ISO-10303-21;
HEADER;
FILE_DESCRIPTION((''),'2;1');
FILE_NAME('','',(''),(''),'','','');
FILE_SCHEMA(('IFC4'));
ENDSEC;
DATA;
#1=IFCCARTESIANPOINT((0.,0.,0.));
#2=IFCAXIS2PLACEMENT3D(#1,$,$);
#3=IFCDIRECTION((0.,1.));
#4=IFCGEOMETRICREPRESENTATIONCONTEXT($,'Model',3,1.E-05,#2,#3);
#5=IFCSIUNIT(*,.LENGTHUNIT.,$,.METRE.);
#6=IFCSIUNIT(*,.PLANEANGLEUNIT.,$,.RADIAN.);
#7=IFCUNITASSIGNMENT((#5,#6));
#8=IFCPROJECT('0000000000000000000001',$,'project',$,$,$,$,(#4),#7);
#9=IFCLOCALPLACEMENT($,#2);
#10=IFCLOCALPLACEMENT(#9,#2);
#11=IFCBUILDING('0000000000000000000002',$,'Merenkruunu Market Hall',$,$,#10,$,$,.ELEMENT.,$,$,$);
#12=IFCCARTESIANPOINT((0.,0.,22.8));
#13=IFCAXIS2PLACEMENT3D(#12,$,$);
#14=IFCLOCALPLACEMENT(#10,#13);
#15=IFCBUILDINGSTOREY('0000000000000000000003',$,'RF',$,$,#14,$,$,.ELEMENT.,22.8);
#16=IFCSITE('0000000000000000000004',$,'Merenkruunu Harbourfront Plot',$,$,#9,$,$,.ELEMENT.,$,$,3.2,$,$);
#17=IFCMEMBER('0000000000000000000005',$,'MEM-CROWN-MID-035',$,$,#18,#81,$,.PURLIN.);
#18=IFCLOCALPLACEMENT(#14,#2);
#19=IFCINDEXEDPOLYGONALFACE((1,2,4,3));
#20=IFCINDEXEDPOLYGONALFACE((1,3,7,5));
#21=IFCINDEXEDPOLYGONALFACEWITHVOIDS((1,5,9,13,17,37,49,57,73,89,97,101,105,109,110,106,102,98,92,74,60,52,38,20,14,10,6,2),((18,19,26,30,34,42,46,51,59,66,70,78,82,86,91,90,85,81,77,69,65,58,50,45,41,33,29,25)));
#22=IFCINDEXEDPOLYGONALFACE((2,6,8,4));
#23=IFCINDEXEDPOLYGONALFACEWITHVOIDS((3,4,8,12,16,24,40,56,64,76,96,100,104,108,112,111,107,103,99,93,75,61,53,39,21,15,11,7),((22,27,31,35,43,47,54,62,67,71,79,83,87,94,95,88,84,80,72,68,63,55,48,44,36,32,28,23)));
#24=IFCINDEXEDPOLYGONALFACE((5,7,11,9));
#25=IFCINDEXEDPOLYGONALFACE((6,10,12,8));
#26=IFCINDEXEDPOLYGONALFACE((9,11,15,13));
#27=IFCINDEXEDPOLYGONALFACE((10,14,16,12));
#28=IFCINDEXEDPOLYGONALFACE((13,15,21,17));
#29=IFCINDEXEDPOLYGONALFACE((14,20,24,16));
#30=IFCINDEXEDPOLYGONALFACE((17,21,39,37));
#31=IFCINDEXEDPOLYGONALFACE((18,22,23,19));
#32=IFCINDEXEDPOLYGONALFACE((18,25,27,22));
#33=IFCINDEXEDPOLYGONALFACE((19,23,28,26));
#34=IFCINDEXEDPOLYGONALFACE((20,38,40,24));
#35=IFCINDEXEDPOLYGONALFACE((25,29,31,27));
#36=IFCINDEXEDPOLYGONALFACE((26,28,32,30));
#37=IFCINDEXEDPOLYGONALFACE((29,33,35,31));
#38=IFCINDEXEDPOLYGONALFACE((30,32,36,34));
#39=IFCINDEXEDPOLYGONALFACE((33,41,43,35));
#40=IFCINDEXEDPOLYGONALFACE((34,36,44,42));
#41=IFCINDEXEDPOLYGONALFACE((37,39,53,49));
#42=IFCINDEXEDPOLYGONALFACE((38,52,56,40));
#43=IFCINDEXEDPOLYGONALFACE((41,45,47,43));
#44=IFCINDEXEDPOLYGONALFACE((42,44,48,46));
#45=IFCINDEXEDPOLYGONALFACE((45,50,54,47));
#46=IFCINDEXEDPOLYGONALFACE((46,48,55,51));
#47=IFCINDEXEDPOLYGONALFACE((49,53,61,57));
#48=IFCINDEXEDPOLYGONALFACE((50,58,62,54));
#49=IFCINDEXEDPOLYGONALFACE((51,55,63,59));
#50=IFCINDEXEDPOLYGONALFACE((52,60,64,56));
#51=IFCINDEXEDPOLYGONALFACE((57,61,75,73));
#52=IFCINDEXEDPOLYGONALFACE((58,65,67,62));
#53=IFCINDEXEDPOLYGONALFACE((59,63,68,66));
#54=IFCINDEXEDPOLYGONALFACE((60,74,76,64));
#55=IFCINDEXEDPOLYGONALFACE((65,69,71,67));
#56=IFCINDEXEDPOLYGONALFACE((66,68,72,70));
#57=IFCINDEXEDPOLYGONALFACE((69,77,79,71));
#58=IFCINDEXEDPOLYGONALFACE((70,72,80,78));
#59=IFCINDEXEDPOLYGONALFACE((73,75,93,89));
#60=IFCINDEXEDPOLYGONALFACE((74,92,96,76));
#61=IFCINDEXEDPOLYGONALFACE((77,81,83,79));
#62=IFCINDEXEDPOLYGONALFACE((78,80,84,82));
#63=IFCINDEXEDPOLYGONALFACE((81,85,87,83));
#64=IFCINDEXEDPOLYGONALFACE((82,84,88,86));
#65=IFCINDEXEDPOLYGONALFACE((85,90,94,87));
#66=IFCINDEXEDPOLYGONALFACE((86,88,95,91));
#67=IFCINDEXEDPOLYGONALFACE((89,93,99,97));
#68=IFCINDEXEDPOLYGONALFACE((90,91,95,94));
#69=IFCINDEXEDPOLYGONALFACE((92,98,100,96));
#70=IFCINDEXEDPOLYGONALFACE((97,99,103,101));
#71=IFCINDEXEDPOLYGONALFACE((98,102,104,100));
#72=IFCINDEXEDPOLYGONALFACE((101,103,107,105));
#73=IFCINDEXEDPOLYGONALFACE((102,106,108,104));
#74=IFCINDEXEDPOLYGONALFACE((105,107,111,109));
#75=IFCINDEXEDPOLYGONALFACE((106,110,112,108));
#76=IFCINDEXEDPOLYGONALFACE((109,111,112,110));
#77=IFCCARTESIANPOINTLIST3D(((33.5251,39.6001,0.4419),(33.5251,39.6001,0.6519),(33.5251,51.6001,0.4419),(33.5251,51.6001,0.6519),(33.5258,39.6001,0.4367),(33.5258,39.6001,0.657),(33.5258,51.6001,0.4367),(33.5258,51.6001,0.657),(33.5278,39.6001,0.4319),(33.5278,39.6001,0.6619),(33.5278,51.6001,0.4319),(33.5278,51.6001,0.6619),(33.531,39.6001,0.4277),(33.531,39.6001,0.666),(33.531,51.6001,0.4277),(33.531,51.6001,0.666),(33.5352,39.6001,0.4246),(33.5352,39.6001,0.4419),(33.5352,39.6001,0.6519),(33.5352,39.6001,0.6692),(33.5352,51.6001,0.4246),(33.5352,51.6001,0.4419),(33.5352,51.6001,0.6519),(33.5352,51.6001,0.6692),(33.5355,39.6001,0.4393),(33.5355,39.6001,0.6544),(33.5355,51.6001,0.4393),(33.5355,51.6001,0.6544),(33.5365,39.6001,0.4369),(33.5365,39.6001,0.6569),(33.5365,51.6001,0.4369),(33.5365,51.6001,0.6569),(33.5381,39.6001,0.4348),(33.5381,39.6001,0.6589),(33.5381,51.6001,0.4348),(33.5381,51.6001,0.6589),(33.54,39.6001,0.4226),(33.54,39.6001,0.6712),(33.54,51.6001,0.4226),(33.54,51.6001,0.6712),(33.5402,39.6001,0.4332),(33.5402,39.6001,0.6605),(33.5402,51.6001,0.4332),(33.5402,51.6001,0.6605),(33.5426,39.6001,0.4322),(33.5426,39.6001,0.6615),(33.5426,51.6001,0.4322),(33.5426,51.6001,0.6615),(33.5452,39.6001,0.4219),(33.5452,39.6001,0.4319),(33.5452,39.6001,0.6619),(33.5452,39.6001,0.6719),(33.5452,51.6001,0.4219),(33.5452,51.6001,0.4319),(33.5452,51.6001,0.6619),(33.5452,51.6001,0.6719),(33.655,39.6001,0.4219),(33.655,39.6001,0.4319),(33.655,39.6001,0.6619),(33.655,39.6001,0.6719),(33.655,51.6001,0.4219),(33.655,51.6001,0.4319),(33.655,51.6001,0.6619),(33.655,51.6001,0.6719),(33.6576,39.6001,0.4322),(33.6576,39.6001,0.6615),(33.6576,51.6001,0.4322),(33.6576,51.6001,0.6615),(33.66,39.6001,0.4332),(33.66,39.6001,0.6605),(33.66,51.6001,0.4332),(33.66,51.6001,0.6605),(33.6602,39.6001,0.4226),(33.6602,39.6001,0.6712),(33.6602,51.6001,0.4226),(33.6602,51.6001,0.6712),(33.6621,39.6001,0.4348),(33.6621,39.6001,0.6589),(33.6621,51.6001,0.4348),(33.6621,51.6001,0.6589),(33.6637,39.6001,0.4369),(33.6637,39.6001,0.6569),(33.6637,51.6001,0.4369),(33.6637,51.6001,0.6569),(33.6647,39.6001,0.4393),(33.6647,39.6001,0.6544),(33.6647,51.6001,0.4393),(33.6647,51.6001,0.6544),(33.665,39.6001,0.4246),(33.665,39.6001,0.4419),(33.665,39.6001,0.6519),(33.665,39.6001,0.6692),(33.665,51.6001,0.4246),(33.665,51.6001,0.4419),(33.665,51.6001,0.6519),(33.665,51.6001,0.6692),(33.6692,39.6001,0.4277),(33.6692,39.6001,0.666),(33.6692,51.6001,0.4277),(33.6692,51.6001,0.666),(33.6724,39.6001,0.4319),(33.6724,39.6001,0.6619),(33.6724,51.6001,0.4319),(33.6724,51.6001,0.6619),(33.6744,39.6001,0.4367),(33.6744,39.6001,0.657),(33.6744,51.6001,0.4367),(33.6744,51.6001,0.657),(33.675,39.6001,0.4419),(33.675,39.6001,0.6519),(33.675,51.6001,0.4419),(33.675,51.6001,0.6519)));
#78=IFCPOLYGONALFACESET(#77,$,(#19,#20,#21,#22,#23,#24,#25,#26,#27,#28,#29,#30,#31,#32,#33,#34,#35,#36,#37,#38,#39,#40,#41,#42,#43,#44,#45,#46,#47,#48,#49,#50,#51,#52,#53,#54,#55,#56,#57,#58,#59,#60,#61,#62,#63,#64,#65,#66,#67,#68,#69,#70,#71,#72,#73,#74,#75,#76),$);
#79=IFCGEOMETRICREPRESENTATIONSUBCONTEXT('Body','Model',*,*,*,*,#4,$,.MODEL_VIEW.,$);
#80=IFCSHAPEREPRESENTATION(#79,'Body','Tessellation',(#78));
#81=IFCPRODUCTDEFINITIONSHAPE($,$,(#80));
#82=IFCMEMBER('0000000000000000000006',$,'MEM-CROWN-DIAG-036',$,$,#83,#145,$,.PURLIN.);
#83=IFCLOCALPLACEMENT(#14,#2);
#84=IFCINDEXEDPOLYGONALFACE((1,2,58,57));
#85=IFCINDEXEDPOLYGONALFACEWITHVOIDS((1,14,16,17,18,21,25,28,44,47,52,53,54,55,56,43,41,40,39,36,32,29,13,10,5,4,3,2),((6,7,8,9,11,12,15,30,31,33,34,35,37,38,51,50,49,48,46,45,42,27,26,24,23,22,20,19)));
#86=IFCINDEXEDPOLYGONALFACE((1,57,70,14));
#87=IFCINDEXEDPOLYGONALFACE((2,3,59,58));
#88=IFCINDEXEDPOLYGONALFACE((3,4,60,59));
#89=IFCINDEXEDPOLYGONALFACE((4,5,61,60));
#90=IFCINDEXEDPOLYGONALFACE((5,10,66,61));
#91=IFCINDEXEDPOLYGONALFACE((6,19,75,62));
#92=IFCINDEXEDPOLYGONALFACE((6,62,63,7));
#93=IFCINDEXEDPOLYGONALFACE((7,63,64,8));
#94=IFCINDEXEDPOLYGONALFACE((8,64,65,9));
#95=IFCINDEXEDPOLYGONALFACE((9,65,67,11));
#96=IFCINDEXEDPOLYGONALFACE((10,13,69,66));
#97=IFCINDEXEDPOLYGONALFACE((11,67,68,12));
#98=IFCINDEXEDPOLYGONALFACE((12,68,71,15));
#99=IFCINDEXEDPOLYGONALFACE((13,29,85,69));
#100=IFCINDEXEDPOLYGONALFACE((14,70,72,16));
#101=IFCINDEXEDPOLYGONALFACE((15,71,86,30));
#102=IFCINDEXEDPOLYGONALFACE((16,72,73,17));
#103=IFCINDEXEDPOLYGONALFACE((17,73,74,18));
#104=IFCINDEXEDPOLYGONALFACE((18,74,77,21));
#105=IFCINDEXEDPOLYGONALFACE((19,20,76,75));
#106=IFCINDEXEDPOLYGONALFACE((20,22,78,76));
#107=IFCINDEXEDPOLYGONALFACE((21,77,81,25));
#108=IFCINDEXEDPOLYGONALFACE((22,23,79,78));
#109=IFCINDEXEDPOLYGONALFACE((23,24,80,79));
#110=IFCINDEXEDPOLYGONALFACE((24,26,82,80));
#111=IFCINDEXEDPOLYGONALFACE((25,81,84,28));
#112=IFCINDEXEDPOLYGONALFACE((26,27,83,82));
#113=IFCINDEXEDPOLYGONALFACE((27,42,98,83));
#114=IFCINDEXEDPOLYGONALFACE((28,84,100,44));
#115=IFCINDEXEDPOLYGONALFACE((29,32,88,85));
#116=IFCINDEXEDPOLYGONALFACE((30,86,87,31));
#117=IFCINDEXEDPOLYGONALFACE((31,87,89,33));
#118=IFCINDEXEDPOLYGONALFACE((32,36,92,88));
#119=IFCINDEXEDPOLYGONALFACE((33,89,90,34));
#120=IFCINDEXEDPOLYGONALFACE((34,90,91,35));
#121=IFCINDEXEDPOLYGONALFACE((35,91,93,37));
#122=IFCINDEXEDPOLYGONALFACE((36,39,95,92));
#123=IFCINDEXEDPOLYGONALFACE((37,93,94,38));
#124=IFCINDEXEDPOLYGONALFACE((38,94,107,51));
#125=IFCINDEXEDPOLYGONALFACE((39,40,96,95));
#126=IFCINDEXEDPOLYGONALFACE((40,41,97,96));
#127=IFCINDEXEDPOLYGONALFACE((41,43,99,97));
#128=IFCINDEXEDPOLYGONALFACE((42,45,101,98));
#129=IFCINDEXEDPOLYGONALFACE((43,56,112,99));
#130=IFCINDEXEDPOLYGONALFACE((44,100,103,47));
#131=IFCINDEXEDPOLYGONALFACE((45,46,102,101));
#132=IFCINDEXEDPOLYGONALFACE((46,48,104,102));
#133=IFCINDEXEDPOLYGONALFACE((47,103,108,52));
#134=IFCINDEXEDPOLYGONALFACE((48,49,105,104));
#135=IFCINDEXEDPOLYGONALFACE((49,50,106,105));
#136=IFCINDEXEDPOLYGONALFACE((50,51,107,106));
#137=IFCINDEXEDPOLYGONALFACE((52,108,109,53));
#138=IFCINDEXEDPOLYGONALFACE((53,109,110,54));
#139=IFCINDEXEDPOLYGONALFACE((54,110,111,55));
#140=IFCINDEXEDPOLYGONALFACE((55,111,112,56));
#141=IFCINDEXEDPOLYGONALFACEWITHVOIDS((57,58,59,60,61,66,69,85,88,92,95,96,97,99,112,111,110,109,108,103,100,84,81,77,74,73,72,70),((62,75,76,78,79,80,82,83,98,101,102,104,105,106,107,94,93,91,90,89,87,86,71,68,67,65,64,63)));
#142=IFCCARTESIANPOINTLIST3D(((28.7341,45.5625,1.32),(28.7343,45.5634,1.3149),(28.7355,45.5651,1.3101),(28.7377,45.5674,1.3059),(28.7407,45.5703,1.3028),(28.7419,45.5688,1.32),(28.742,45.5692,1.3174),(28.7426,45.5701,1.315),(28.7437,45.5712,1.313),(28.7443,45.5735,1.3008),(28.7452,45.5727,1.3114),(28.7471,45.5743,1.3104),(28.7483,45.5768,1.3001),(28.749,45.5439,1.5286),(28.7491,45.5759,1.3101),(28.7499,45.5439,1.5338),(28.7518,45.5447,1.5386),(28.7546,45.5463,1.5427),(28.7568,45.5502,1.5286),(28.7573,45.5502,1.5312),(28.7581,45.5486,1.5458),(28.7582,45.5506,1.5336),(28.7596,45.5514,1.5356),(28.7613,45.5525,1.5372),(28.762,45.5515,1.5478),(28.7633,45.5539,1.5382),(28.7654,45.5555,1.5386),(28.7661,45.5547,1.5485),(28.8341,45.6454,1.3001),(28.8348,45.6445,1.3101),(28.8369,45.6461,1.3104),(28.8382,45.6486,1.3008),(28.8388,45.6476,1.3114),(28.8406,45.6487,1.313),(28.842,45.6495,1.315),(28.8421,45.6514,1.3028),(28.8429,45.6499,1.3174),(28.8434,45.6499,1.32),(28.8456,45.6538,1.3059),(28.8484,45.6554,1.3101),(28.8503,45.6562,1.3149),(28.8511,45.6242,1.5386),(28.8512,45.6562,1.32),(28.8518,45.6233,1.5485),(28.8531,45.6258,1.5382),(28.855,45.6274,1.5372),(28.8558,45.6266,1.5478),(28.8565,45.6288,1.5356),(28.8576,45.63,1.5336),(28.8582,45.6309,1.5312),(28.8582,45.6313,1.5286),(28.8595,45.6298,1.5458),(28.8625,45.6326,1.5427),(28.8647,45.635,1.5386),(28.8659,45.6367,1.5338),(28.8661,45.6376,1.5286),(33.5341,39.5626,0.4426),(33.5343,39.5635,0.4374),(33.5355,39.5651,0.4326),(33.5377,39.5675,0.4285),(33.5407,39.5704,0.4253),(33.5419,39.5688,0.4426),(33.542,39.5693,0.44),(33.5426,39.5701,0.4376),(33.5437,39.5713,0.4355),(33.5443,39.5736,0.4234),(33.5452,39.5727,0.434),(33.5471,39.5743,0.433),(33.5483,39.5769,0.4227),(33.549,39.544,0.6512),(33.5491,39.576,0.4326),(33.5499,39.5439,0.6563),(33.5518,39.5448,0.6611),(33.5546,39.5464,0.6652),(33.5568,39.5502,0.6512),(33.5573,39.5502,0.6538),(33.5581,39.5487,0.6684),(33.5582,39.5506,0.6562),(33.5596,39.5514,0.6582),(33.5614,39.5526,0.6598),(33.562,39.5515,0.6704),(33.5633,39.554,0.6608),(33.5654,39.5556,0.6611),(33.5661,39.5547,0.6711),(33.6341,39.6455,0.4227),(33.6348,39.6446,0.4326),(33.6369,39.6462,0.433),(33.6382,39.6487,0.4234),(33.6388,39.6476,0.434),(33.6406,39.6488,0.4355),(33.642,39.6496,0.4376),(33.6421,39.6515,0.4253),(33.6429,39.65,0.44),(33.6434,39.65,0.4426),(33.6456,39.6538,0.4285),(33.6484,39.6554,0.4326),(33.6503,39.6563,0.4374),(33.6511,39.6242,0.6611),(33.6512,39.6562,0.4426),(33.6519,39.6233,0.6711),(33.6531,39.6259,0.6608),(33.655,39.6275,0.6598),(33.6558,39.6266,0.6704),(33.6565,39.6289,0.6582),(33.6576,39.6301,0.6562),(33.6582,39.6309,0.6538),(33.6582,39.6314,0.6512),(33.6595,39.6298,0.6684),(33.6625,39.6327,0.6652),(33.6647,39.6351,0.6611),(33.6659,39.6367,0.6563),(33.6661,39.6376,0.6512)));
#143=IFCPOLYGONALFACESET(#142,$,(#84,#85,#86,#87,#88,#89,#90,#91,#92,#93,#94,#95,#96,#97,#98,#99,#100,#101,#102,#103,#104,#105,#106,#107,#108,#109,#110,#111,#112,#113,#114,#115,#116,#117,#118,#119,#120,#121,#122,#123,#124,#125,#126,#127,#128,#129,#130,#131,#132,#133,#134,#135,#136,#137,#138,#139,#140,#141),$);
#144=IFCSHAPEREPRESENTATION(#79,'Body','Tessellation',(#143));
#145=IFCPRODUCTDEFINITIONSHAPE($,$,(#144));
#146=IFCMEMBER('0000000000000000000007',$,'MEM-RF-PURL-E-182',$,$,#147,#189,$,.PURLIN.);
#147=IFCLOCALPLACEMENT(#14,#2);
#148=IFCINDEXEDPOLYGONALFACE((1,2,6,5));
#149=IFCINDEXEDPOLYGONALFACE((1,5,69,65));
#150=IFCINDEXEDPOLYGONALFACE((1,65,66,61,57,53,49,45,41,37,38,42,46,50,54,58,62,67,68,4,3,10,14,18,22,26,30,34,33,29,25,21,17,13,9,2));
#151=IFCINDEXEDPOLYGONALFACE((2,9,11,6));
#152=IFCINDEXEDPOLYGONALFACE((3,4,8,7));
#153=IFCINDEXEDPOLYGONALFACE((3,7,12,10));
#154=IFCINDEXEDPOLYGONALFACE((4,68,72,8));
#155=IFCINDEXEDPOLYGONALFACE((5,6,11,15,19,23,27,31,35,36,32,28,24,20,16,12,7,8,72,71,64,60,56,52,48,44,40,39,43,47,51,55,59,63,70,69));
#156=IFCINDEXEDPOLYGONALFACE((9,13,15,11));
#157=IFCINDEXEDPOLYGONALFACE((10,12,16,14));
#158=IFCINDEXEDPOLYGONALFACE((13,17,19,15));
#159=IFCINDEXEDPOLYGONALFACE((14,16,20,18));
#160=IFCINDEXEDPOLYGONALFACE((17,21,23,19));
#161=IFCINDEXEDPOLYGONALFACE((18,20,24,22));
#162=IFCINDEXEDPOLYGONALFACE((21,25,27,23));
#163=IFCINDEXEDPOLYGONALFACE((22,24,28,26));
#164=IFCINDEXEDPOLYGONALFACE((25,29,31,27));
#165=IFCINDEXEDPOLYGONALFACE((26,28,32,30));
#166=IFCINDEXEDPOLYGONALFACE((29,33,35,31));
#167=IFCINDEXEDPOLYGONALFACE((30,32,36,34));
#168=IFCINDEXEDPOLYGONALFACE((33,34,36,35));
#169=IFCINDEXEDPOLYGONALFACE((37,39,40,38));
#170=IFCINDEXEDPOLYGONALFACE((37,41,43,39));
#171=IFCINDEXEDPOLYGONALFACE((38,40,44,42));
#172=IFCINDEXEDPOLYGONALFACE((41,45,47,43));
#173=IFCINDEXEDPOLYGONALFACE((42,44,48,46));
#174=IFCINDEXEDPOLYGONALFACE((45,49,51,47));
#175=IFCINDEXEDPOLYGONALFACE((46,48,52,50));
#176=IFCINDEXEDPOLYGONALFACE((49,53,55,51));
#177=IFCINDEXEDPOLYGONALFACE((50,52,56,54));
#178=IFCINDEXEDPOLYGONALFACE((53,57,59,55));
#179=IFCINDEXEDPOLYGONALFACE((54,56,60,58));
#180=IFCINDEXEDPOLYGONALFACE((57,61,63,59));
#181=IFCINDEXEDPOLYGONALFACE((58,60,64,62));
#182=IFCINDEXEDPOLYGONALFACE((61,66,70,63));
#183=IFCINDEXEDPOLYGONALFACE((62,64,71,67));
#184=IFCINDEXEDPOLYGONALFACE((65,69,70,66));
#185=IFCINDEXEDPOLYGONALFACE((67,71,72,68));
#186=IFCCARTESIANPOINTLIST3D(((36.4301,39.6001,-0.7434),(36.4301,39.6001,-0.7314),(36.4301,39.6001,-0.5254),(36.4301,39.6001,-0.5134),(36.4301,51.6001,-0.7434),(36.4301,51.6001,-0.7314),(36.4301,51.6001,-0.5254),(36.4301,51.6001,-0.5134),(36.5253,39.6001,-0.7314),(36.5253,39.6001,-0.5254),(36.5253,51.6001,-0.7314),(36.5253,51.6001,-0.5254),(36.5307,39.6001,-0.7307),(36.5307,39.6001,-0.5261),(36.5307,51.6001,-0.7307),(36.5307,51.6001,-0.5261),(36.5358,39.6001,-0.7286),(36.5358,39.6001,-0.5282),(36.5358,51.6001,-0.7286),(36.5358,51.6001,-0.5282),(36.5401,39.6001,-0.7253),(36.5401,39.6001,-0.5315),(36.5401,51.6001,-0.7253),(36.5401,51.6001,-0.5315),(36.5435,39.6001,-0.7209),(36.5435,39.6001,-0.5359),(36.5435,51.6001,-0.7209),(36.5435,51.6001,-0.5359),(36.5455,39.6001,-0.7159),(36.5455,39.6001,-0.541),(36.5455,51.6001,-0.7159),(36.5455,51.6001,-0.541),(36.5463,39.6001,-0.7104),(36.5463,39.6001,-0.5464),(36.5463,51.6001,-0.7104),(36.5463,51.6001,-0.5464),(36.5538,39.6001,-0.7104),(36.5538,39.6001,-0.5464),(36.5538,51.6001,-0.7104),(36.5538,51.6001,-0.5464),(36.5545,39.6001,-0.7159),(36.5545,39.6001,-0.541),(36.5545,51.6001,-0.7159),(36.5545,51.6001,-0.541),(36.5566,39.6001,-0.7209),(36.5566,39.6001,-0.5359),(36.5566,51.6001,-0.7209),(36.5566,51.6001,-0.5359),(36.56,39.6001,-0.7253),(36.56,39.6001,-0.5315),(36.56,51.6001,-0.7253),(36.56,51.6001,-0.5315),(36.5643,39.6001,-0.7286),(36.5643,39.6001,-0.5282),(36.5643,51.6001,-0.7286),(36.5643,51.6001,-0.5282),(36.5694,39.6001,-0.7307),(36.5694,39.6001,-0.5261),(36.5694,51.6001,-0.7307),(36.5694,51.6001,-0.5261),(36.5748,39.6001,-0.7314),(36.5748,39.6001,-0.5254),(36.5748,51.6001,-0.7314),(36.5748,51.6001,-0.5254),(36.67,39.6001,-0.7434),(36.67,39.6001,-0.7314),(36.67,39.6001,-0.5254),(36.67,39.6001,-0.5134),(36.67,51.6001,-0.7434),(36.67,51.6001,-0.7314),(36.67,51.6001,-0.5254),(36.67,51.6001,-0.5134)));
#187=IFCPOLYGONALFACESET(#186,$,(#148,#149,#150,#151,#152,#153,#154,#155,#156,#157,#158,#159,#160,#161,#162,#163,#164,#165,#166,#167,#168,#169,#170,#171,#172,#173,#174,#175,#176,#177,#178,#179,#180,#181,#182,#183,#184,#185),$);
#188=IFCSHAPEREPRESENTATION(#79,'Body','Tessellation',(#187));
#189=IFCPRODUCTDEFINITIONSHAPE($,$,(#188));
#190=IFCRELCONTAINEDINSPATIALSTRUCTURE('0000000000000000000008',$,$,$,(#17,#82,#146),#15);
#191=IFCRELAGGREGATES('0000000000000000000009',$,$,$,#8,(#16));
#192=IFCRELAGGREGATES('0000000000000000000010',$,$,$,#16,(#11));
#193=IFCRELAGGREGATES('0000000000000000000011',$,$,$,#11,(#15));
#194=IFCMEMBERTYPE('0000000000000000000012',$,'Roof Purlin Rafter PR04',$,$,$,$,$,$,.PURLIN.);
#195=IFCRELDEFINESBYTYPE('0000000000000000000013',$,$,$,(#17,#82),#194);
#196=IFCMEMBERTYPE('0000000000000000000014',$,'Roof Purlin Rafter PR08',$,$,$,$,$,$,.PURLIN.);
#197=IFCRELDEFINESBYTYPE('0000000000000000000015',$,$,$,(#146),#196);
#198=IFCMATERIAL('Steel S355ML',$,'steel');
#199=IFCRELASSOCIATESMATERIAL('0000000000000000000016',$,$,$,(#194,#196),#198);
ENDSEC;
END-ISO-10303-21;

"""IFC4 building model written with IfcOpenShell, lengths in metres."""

from ifc_helpers import new_model, si_unit, direction, frame, origin, origin_2d, place, context, subcontext, project, spatial, hollow_rectangle, i_section, extrude, material, material_profile, profile_set, type_object, element, save


model = new_model("IFC4")

# Units and contexts
model_context = context("Model", 3, precision=1e-05, world=origin(), true_north=direction((0.0, 1.0)))
body_context = subcontext(model_context, "Body", "Model", "MODEL_VIEW")
ifc_project = project(units=[si_unit("LENGTHUNIT", "METRE"), si_unit("PLANEANGLEUNIT", "RADIAN")], contexts=[model_context])

# Site, building, storey
site_placement = place(None, origin())
site = spatial("IfcSite", under=ifc_project, at=site_placement, Name="Merenkruunu Harbourfront Plot", CompositionType="ELEMENT", RefElevation=3.2)
building_placement = place(site_placement, origin())
building = spatial("IfcBuilding", under=site, at=building_placement, Name="Merenkruunu Market Hall", CompositionType="ELEMENT")
storey_placement = place(building_placement, frame((0.0, 0.0, 22.8)))
storey = spatial("IfcBuildingStorey", under=building, at=storey_placement, Name="RF", CompositionType="ELEMENT", Elevation=22.8)

# Members
ifc_material_1 = material(Name="Steel S355ML", Category="steel")
ifc_material_profile_1 = material_profile(ifc_material_1, hollow_rectangle(XDim=0.1499, YDim=0.25, WallThickness=0.01, InnerFilletRadius=0.01, OuterFilletRadius=0.02, at=origin_2d()), Name="RHS 250x150x10")
ifc_profile_set_1 = profile_set([ifc_material_profile_1], Name="Steel S355ML")
member_type_1 = type_object("IfcMemberType", Name="Roof Purlin Rafter PR04", PredefinedType="PURLIN", material=ifc_profile_set_1)
member_1_placement = place(storey_placement, frame((33.6001, 39.6001, 0.5469), z_axis=(0.0, 1.0, 0.0), x_axis=(-1.0, 0.0, 0.0)))
element("IfcMember", 1, at=member_1_placement, inside=storey, type_object=member_type_1, Name="MEM-CROWN-MID-035", PredefinedType="PURLIN", context=body_context, shape_type="SweptSolid", body=[
    extrude(hollow_rectangle(XDim=0.1499, YDim=0.25, WallThickness=0.01, InnerFilletRadius=0.01, OuterFilletRadius=0.02, at=origin_2d()), origin(), (0.0, 0.0, 1.0), 12.0),
])
member_2_placement = place(storey_placement, frame((33.6001, 39.6001, 0.5469), z_axis=(-0.620665, 0.775824, 0.113457), x_axis=(-0.780866, -0.624699, 0.0)))
element("IfcMember", 2, at=member_2_placement, inside=storey, type_object=member_type_1, Name="MEM-CROWN-DIAG-036", PredefinedType="PURLIN", context=body_context, shape_type="SweptSolid", body=[
    extrude(hollow_rectangle(XDim=0.1499, YDim=0.25, WallThickness=0.01, InnerFilletRadius=0.01, OuterFilletRadius=0.02, at=origin_2d()), origin(), (0.0, 0.0, 1.0), 7.7336),
])
ifc_material_profile_2 = material_profile(ifc_material_1, i_section(OverallWidth=0.24, OverallDepth=0.23, WebThickness=0.0076, FlangeThickness=0.012, FilletRadius=0.021, at=origin_2d()), Name="HEA 240")
ifc_profile_set_2 = profile_set([ifc_material_profile_2], Name="Steel S355ML")
member_type_2 = type_object("IfcMemberType", Name="Roof Purlin Rafter PR08", PredefinedType="PURLIN", material=ifc_profile_set_2)
member_3_placement = place(storey_placement, frame((36.55, 39.6001, -0.6284), z_axis=(0.0, 1.0, 0.0), x_axis=(-1.0, 0.0, 0.0)))
element("IfcMember", 3, at=member_3_placement, inside=storey, type_object=member_type_2, Name="MEM-RF-PURL-E-182", PredefinedType="PURLIN", context=body_context, shape_type="SweptSolid", body=[
    extrude(i_section(OverallWidth=0.24, OverallDepth=0.23, WebThickness=0.0076, FlangeThickness=0.012, FilletRadius=0.021, at=origin_2d()), origin(), (0.0, 0.0, 1.0), 12.0),
])

save(model, "model.ifc")
